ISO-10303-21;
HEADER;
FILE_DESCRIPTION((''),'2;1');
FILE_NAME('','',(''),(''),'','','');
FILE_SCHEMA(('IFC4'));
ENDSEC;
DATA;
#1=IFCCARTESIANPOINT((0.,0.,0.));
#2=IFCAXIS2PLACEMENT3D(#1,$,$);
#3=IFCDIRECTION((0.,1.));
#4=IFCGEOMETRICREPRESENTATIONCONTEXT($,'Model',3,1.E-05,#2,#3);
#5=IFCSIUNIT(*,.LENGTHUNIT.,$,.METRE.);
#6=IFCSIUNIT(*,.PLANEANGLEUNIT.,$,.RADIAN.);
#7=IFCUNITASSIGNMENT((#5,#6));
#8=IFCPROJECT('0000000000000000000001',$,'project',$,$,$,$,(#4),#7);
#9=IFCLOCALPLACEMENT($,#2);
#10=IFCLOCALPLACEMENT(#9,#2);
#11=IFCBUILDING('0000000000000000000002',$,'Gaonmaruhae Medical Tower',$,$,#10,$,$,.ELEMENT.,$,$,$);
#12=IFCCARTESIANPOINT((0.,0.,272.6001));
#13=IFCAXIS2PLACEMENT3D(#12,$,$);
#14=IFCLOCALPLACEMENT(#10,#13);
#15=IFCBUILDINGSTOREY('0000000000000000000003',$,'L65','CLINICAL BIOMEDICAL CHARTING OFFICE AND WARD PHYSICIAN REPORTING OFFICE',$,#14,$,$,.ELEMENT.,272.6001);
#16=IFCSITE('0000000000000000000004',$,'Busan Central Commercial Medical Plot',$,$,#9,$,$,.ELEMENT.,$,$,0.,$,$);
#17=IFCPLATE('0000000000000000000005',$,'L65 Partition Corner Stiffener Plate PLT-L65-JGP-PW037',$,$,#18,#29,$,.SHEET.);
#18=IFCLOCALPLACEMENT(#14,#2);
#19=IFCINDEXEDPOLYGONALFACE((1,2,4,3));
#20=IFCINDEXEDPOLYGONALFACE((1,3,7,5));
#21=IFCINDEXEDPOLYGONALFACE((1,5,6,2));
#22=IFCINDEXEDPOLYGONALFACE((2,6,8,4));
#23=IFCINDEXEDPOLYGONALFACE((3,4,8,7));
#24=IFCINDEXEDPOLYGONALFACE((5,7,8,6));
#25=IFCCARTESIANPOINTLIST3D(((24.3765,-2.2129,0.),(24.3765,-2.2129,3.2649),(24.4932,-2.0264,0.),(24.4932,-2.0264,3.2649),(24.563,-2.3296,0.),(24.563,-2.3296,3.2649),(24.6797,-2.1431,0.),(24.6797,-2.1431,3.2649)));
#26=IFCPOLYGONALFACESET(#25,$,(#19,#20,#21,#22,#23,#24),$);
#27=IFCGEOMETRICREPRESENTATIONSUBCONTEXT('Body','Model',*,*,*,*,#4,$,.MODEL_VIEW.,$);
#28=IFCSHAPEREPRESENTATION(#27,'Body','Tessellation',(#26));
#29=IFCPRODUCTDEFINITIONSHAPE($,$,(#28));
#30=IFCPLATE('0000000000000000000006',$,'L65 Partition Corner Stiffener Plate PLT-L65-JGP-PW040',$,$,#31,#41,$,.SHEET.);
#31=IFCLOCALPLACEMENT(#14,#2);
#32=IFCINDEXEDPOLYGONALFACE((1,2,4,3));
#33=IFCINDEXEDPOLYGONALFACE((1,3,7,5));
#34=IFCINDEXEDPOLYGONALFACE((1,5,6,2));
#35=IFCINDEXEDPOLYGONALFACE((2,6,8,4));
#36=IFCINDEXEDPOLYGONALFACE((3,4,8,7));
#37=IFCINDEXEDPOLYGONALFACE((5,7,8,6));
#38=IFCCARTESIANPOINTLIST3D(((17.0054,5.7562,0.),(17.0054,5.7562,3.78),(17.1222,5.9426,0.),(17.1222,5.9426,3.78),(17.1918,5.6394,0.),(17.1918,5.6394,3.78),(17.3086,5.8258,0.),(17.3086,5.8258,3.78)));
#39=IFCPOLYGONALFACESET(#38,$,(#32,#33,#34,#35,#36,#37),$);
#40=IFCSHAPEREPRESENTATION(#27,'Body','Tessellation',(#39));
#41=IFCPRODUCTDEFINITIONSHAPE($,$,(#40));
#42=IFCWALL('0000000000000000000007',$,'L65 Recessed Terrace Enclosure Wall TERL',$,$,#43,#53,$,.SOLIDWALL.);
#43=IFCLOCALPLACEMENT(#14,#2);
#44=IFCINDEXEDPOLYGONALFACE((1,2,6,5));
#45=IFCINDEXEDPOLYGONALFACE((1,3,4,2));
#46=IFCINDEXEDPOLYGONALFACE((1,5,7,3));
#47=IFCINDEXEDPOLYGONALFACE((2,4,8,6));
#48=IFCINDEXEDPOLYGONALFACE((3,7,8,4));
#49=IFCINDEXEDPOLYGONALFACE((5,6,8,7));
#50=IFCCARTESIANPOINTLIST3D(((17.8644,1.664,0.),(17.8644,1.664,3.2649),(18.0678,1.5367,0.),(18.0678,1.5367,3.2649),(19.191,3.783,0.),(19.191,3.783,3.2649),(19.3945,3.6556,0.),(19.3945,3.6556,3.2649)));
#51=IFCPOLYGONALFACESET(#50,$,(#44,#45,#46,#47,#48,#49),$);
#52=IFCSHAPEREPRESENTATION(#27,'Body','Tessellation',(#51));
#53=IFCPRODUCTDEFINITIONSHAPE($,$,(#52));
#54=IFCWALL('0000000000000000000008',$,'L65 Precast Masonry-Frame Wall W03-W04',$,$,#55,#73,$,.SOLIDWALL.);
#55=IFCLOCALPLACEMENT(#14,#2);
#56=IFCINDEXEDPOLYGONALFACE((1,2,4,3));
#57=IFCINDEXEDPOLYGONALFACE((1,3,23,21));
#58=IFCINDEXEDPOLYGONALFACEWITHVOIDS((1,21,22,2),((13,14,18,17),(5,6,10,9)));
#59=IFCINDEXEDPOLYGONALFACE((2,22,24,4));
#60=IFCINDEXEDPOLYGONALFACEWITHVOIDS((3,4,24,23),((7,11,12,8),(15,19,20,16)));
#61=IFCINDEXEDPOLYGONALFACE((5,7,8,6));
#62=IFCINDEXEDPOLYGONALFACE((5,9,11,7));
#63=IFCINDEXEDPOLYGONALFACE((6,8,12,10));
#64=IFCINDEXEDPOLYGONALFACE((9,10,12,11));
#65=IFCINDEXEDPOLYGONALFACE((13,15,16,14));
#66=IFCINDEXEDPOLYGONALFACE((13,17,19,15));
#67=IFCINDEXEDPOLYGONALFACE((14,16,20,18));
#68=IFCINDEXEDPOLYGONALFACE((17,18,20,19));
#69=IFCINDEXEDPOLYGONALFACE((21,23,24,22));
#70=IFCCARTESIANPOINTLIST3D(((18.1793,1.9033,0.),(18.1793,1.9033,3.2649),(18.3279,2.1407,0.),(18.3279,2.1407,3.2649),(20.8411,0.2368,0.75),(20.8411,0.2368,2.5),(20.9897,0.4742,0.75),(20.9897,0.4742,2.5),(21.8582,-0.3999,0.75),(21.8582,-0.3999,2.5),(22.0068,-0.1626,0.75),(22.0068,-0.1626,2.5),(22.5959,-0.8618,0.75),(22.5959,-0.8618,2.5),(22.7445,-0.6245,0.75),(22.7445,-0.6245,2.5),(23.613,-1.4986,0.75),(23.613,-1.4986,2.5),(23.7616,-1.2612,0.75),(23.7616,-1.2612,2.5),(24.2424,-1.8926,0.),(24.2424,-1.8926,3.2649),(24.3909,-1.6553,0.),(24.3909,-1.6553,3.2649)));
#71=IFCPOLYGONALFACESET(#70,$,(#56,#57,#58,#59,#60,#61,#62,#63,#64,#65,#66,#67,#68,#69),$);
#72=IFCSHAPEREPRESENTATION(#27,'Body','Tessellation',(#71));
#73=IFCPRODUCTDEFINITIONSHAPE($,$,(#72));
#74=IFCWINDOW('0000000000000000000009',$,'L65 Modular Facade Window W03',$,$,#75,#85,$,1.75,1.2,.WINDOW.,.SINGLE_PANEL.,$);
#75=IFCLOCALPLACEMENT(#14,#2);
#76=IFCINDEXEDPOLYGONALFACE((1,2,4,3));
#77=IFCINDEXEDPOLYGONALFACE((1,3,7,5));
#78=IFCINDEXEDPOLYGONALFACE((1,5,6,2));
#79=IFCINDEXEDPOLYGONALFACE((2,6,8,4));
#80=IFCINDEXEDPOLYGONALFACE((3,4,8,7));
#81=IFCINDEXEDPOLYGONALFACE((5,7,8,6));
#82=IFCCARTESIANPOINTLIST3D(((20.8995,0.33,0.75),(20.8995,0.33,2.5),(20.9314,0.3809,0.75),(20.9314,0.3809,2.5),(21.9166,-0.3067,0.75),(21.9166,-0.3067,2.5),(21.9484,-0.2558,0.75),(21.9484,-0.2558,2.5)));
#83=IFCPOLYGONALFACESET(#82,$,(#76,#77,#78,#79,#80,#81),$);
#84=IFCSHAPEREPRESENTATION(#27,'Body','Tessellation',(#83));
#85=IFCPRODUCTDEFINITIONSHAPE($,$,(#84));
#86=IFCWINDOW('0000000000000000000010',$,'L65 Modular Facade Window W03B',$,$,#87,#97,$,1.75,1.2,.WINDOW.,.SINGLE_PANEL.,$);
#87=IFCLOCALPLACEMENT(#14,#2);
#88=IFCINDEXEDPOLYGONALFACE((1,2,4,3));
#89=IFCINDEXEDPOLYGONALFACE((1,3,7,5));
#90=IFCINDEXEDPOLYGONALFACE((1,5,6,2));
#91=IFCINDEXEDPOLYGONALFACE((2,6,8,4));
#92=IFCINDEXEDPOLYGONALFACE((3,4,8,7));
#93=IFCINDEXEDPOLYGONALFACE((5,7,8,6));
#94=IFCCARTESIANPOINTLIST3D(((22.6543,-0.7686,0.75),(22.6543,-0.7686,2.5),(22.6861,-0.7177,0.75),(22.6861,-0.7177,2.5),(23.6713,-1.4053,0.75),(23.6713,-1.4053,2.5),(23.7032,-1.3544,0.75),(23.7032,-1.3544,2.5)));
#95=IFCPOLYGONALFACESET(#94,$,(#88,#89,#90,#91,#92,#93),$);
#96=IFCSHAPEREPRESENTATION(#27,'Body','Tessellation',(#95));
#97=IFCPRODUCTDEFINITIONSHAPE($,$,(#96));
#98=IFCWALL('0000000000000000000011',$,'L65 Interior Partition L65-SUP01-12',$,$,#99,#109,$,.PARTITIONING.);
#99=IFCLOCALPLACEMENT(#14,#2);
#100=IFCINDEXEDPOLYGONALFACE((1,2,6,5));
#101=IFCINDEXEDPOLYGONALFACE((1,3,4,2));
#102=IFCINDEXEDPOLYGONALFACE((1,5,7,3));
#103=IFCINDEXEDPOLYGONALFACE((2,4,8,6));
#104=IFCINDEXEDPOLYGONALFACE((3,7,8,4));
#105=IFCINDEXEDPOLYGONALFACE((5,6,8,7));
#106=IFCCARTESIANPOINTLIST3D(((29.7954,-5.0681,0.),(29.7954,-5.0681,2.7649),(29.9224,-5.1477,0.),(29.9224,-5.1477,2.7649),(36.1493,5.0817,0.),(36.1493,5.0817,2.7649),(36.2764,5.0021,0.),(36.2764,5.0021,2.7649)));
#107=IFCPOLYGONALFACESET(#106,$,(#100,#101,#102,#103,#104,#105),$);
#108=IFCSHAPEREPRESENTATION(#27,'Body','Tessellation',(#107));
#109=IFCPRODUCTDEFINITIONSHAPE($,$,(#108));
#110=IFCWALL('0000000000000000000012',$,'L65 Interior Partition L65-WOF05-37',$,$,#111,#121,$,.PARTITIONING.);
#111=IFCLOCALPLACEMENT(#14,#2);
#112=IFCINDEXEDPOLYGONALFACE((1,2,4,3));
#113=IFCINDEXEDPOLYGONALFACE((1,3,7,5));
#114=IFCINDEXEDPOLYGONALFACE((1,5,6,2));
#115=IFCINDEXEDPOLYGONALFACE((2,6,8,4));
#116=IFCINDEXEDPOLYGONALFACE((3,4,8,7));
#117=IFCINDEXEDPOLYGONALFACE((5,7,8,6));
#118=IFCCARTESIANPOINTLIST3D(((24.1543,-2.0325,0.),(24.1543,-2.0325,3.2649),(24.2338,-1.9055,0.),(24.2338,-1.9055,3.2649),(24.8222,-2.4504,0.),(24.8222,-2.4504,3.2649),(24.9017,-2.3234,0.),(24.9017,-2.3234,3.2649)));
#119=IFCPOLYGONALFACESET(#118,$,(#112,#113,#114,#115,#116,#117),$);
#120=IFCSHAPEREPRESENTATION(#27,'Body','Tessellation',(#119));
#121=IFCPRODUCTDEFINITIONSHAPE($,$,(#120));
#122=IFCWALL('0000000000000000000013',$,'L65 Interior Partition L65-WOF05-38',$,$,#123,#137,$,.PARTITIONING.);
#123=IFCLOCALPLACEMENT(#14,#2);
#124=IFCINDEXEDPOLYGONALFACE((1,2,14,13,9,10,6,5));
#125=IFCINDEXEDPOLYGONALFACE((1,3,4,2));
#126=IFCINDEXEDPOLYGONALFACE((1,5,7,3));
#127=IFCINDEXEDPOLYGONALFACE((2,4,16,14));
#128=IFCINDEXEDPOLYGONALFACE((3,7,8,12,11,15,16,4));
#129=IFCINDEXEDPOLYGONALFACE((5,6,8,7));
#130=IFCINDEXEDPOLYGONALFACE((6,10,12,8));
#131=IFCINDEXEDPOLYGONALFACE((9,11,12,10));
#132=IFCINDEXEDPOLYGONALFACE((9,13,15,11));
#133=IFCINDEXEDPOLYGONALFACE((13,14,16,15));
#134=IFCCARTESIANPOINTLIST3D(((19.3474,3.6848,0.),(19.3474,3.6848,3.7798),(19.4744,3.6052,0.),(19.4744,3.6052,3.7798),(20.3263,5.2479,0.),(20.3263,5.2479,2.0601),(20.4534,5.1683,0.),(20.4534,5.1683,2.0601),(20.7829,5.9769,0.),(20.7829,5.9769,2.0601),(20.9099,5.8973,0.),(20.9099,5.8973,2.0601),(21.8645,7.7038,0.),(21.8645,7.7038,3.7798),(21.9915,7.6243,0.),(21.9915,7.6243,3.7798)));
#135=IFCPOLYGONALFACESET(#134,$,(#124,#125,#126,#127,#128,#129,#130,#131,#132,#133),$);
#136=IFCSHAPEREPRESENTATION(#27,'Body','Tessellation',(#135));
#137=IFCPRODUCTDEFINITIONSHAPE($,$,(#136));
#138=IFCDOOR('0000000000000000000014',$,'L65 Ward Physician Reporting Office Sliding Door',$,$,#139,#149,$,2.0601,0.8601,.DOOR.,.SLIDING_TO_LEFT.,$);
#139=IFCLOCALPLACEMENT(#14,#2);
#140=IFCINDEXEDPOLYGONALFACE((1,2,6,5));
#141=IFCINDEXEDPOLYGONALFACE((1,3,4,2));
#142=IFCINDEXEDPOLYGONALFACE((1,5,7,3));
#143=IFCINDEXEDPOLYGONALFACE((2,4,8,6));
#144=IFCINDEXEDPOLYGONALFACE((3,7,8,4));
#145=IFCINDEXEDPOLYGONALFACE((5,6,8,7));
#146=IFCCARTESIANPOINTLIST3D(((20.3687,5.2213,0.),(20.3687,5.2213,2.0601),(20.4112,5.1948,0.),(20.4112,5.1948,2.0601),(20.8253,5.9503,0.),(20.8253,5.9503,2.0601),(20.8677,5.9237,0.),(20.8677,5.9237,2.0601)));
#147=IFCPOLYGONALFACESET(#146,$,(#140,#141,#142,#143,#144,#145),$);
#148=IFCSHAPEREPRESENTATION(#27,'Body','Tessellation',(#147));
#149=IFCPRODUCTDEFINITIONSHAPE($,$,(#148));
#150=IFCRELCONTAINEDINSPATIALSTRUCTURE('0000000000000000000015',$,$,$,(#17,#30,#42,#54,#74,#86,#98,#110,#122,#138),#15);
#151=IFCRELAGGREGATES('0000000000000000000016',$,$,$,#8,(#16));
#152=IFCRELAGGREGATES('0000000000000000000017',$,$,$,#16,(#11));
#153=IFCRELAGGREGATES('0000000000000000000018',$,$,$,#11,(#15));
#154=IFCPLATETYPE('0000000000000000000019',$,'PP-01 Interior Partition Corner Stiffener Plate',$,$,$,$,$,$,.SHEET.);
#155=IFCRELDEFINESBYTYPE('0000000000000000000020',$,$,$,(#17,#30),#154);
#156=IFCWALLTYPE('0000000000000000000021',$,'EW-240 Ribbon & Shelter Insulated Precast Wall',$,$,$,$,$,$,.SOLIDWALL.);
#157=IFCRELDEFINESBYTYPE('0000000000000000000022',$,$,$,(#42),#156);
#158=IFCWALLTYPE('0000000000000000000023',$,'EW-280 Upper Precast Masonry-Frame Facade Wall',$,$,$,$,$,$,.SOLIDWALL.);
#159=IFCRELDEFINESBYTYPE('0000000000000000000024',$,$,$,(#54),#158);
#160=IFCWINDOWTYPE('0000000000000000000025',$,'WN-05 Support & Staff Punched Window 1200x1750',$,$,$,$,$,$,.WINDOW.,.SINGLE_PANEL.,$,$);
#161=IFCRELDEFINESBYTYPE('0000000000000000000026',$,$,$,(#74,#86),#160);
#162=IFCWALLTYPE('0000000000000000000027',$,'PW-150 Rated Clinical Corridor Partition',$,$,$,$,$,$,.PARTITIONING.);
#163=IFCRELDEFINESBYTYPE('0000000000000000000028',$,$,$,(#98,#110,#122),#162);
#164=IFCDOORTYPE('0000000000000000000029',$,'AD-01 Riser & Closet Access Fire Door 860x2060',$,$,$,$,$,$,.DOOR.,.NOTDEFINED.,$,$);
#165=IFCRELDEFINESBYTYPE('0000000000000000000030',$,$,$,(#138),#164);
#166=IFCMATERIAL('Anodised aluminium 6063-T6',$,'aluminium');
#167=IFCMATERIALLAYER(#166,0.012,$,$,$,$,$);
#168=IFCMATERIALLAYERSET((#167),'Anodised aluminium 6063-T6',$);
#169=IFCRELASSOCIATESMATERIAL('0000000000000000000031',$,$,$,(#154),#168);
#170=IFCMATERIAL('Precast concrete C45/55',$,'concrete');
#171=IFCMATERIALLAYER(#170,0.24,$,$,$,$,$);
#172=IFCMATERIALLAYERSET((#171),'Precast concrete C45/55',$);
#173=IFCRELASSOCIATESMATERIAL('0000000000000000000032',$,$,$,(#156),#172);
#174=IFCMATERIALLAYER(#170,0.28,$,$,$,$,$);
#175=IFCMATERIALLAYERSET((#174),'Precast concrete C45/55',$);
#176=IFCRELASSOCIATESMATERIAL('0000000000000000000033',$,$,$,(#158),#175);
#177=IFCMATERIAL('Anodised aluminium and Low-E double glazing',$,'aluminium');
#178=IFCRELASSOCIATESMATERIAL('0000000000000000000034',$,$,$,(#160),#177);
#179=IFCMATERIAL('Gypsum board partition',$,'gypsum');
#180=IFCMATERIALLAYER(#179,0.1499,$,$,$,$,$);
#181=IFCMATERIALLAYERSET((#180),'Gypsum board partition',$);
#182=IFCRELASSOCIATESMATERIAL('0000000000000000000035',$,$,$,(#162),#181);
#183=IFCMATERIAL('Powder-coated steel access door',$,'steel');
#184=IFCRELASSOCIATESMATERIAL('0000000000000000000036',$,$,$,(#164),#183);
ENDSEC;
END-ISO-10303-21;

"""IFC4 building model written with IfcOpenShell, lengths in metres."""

from ifc_helpers import new_model, si_unit, direction, frame, frame_2d, origin, origin_2d, place, context, subcontext, project, spatial, rectangle, extrude, material, layer, layer_set, type_object, element, fill, save


model = new_model("IFC4")

# Units and contexts
model_context = context("Model", 3, precision=1e-05, world=origin(), true_north=direction((0.0, 1.0)))
body_context = subcontext(model_context, "Body", "Model", "MODEL_VIEW")
ifc_project = project(units=[si_unit("LENGTHUNIT", "METRE"), si_unit("PLANEANGLEUNIT", "RADIAN")], contexts=[model_context])

# Site, building, storey
site_placement = place(None, origin())
site = spatial("IfcSite", under=ifc_project, at=site_placement, Name="Busan Central Commercial Medical Plot", CompositionType="ELEMENT", RefElevation=0.0)
building_placement = place(site_placement, origin())
building = spatial("IfcBuilding", under=site, at=building_placement, Name="Gaonmaruhae Medical Tower", CompositionType="ELEMENT")
storey_placement = place(building_placement, frame((0.0, 0.0, 272.6001)))
storey = spatial("IfcBuildingStorey", under=building, at=storey_placement, Name="L65", Description="CLINICAL BIOMEDICAL CHARTING OFFICE AND WARD PHYSICIAN REPORTING OFFICE", CompositionType="ELEMENT", Elevation=272.6001)

# Plates
ifc_material_1 = material(Name="Anodised aluminium 6063-T6", Category="aluminium")
ifc_layer_1 = layer(ifc_material_1, 0.012)
ifc_layer_set_1 = layer_set([ifc_layer_1], Name="Anodised aluminium 6063-T6")
plate_type = type_object("IfcPlateType", Name="PP-01 Interior Partition Corner Stiffener Plate", PredefinedType="SHEET", material=ifc_layer_set_1)
plate_1_placement = place(storey_placement, frame((24.5281, -2.178, 0.0), z_axis=(0.0, 0.0, 1.0), x_axis=(-0.847715, 0.530452, 0.0)))
element("IfcPlate", 1, at=plate_1_placement, inside=storey, type_object=plate_type, Name="L65 Partition Corner Stiffener Plate PLT-L65-JGP-PW037", PredefinedType="SHEET", context=body_context, shape_type="SweptSolid", body=[
    extrude(rectangle(XDim=0.22, YDim=0.22, at=origin_2d()), origin(), (0.0, 0.0, 1.0), 3.2649),
])
plate_2_placement = place(storey_placement, frame((17.157, 5.791, 0.0), z_axis=(0.0, 0.0, 1.0), x_axis=(0.530851, 0.847465, 0.0)))
element("IfcPlate", 2, at=plate_2_placement, inside=storey, type_object=plate_type, Name="L65 Partition Corner Stiffener Plate PLT-L65-JGP-PW040", PredefinedType="SHEET", context=body_context, shape_type="SweptSolid", body=[
    extrude(rectangle(XDim=0.22, YDim=0.22, at=origin_2d()), origin(), (0.0, 0.0, 1.0), 3.78),
])

# Shared definitions
ifc_material_2 = material(Name="Precast concrete C45/55", Category="concrete")
ifc_layer_2 = layer(ifc_material_2, 0.24)
ifc_layer_set_2 = layer_set([ifc_layer_2], Name="Precast concrete C45/55")
wall_type_1 = type_object("IfcWallType", Name="EW-240 Ribbon & Shelter Insulated Precast Wall", PredefinedType="SOLIDWALL", material=ifc_layer_set_2)

# Wall
wall_1_placement = place(storey_placement, frame((17.9661, 1.6003, 0.0), z_axis=(0.0, 0.0, 1.0), x_axis=(0.530675, 0.847576, 0.0)))
element("IfcWall", 3, at=wall_1_placement, inside=storey, type_object=wall_type_1, Name="L65 Recessed Terrace Enclosure Wall TERL", PredefinedType="SOLIDWALL", context=body_context, shape_type="SweptSolid", body=[
    extrude(rectangle(XDim=2.5, YDim=0.24, at=frame_2d((1.25, 0.0))), origin(), (0.0, 0.0, 1.0), 3.2649),
])

# Wall, openings, windows
ifc_layer_3 = layer(ifc_material_2, 0.28)
ifc_layer_set_3 = layer_set([ifc_layer_3], Name="Precast concrete C45/55")
wall_type_2 = type_object("IfcWallType", Name="EW-280 Upper Precast Masonry-Frame Facade Wall", PredefinedType="SOLIDWALL", material=ifc_layer_set_3)
wall_2_placement = place(storey_placement, frame((24.3167, -1.7739, 0.0), z_axis=(0.0, 0.0, 1.0), x_axis=(-0.847588, 0.530655, 0.0)))
wall_2 = element("IfcWall", 4, at=wall_2_placement, inside=storey, type_object=wall_type_2, Name="L65 Precast Masonry-Frame Wall W03-W04", PredefinedType="SOLIDWALL", context=body_context, shape_type="SweptSolid", body=[
    extrude(rectangle(XDim=7.1533, YDim=0.28, at=frame_2d((3.5767, 0.0))), origin(), (0.0, 0.0, 1.0), 3.2649),
])
opening_1_placement = place(wall_2_placement, frame((2.8127, 0.0, 0.75)))
opening_1 = element("IfcOpeningElement", 5, at=opening_1_placement, cuts=wall_2, PredefinedType="OPENING", context=body_context, shape_type="SweptSolid", body=[
    extrude(rectangle(XDim=1.2, YDim=1.75, at=frame_2d((0.6001, 0.875))), frame((0.0, 0.1499, 0.0), z_axis=(0.0, -1.0, 0.0), x_axis=(1.0, 0.0, 0.0)), (0.0, 0.0, 1.0), 0.3),
])
opening_2_placement = place(wall_2_placement, frame((0.7424, 0.0, 0.75)))
opening_2 = element("IfcOpeningElement", 6, at=opening_2_placement, cuts=wall_2, PredefinedType="OPENING", context=body_context, shape_type="SweptSolid", body=[
    extrude(rectangle(XDim=1.2, YDim=1.75, at=frame_2d((0.6001, 0.875))), frame((0.0, 0.1499, 0.0), z_axis=(0.0, -1.0, 0.0), x_axis=(1.0, 0.0, 0.0)), (0.0, 0.0, 1.0), 0.3),
])
ifc_material_3 = material(Name="Anodised aluminium and Low-E double glazing", Category="aluminium")
window_type = type_object("IfcWindowType", Name="WN-05 Support & Staff Punched Window 1200x1750", PartitioningType="SINGLE_PANEL", PredefinedType="WINDOW", material=ifc_material_3)
window_1_placement = place(opening_1_placement, origin())
window_1 = element("IfcWindow", 7, at=window_1_placement, inside=storey, type_object=window_type, Name="L65 Modular Facade Window W03", OverallHeight=1.75, OverallWidth=1.2, PartitioningType="SINGLE_PANEL", PredefinedType="WINDOW", context=body_context, shape_type="SweptSolid", body=[
    extrude(rectangle(XDim=1.2, YDim=1.75, at=frame_2d((0.6001, 0.875))), frame((0.0, 0.03, 0.0), z_axis=(0.0, -1.0, 0.0), x_axis=(1.0, 0.0, 0.0)), (0.0, 0.0, 1.0), 0.0601),
])
fill(opening_1, window_1)
window_2_placement = place(opening_2_placement, origin())
window_2 = element("IfcWindow", 8, at=window_2_placement, inside=storey, type_object=window_type, Name="L65 Modular Facade Window W03B", OverallHeight=1.75, OverallWidth=1.2, PartitioningType="SINGLE_PANEL", PredefinedType="WINDOW", context=body_context, shape_type="SweptSolid", body=[
    extrude(rectangle(XDim=1.2, YDim=1.75, at=frame_2d((0.6001, 0.875))), frame((0.0, 0.03, 0.0), z_axis=(0.0, -1.0, 0.0), x_axis=(1.0, 0.0, 0.0)), (0.0, 0.0, 1.0), 0.0601),
])
fill(opening_2, window_2)

# Walls
ifc_material_4 = material(Name="Gypsum board partition", Category="gypsum")
ifc_layer_4 = layer(ifc_material_4, 0.1499)
ifc_layer_set_4 = layer_set([ifc_layer_4], Name="Gypsum board partition")
wall_type_3 = type_object("IfcWallType", Name="PW-150 Rated Clinical Corridor Partition", PredefinedType="PARTITIONING", material=ifc_layer_set_4)
wall_3_placement = place(storey_placement, frame((29.8589, -5.1079, 0.0), z_axis=(0.0, 0.0, 1.0), x_axis=(0.530618, 0.847611, 0.0)))
element("IfcWall", 9, at=wall_3_placement, inside=storey, type_object=wall_type_3, Name="L65 Interior Partition L65-SUP01-12", PredefinedType="PARTITIONING", context=body_context, shape_type="SweptSolid", body=[
    extrude(rectangle(XDim=11.9746, YDim=0.1499, at=frame_2d((5.9873, 0.0))), origin(), (0.0, 0.0, 1.0), 2.7649),
])
wall_4_placement = place(storey_placement, frame((24.8621, -2.387, 0.0), z_axis=(0.0, 0.0, 1.0), x_axis=(-0.84772, 0.530444, 0.0)))
element("IfcWall", 10, at=wall_4_placement, inside=storey, type_object=wall_type_3, Name="L65 Interior Partition L65-WOF05-37", PredefinedType="PARTITIONING", context=body_context, shape_type="SweptSolid", body=[
    extrude(rectangle(XDim=0.7878, YDim=0.1499, at=frame_2d((0.394, 0.0))), origin(), (0.0, 0.0, 1.0), 3.2649),
])

# Wall, opening, door
wall_5_placement = place(storey_placement, frame((19.4109, 3.645, 0.0), z_axis=(0.0, 0.0, 1.0), x_axis=(0.530785, 0.847506, 0.0)))
wall_5 = element("IfcWall", 11, at=wall_5_placement, inside=storey, type_object=wall_type_3, Name="L65 Interior Partition L65-WOF05-38", PredefinedType="PARTITIONING", context=body_context, shape_type="SweptSolid", body=[
    extrude(rectangle(XDim=4.7422, YDim=0.1499, at=frame_2d((2.3711, 0.0))), origin(), (0.0, 0.0, 1.0), 3.7798),
])
opening_3_placement = place(wall_5_placement, frame((1.8442, 0.0, 0.0)))
opening_3 = element("IfcOpeningElement", 12, at=opening_3_placement, cuts=wall_5, PredefinedType="OPENING", context=body_context, shape_type="SweptSolid", body=[
    extrude(rectangle(XDim=0.8601, YDim=2.0601, at=frame_2d((0.4302, 1.03))), frame((0.0, 0.085, 0.0), z_axis=(0.0, -1.0, 0.0), x_axis=(1.0, 0.0, 0.0)), (0.0, 0.0, 1.0), 0.1699),
])
ifc_material_5 = material(Name="Powder-coated steel access door", Category="steel")
door_type_1 = type_object("IfcDoorType", Name="AD-01 Riser & Closet Access Fire Door 860x2060", OperationType="NOTDEFINED", PredefinedType="DOOR", material=ifc_material_5)
door_1_placement = place(opening_3_placement, origin())
door_1 = element("IfcDoor", 13, at=door_1_placement, inside=storey, type_object=door_type_1, Name="L65 Ward Physician Reporting Office Sliding Door", OperationType="SLIDING_TO_LEFT", OverallHeight=2.0601, OverallWidth=0.8601, PredefinedType="DOOR", context=body_context, shape_type="SweptSolid", body=[
    extrude(rectangle(XDim=0.8601, YDim=2.0601, at=frame_2d((0.4302, 1.03))), frame((0.0, 0.0249, 0.0), z_axis=(0.0, -1.0, 0.0), x_axis=(1.0, 0.0, 0.0)), (0.0, 0.0, 1.0), 0.05),
])
fill(opening_3, door_1)

save(model, "model.ifc")
